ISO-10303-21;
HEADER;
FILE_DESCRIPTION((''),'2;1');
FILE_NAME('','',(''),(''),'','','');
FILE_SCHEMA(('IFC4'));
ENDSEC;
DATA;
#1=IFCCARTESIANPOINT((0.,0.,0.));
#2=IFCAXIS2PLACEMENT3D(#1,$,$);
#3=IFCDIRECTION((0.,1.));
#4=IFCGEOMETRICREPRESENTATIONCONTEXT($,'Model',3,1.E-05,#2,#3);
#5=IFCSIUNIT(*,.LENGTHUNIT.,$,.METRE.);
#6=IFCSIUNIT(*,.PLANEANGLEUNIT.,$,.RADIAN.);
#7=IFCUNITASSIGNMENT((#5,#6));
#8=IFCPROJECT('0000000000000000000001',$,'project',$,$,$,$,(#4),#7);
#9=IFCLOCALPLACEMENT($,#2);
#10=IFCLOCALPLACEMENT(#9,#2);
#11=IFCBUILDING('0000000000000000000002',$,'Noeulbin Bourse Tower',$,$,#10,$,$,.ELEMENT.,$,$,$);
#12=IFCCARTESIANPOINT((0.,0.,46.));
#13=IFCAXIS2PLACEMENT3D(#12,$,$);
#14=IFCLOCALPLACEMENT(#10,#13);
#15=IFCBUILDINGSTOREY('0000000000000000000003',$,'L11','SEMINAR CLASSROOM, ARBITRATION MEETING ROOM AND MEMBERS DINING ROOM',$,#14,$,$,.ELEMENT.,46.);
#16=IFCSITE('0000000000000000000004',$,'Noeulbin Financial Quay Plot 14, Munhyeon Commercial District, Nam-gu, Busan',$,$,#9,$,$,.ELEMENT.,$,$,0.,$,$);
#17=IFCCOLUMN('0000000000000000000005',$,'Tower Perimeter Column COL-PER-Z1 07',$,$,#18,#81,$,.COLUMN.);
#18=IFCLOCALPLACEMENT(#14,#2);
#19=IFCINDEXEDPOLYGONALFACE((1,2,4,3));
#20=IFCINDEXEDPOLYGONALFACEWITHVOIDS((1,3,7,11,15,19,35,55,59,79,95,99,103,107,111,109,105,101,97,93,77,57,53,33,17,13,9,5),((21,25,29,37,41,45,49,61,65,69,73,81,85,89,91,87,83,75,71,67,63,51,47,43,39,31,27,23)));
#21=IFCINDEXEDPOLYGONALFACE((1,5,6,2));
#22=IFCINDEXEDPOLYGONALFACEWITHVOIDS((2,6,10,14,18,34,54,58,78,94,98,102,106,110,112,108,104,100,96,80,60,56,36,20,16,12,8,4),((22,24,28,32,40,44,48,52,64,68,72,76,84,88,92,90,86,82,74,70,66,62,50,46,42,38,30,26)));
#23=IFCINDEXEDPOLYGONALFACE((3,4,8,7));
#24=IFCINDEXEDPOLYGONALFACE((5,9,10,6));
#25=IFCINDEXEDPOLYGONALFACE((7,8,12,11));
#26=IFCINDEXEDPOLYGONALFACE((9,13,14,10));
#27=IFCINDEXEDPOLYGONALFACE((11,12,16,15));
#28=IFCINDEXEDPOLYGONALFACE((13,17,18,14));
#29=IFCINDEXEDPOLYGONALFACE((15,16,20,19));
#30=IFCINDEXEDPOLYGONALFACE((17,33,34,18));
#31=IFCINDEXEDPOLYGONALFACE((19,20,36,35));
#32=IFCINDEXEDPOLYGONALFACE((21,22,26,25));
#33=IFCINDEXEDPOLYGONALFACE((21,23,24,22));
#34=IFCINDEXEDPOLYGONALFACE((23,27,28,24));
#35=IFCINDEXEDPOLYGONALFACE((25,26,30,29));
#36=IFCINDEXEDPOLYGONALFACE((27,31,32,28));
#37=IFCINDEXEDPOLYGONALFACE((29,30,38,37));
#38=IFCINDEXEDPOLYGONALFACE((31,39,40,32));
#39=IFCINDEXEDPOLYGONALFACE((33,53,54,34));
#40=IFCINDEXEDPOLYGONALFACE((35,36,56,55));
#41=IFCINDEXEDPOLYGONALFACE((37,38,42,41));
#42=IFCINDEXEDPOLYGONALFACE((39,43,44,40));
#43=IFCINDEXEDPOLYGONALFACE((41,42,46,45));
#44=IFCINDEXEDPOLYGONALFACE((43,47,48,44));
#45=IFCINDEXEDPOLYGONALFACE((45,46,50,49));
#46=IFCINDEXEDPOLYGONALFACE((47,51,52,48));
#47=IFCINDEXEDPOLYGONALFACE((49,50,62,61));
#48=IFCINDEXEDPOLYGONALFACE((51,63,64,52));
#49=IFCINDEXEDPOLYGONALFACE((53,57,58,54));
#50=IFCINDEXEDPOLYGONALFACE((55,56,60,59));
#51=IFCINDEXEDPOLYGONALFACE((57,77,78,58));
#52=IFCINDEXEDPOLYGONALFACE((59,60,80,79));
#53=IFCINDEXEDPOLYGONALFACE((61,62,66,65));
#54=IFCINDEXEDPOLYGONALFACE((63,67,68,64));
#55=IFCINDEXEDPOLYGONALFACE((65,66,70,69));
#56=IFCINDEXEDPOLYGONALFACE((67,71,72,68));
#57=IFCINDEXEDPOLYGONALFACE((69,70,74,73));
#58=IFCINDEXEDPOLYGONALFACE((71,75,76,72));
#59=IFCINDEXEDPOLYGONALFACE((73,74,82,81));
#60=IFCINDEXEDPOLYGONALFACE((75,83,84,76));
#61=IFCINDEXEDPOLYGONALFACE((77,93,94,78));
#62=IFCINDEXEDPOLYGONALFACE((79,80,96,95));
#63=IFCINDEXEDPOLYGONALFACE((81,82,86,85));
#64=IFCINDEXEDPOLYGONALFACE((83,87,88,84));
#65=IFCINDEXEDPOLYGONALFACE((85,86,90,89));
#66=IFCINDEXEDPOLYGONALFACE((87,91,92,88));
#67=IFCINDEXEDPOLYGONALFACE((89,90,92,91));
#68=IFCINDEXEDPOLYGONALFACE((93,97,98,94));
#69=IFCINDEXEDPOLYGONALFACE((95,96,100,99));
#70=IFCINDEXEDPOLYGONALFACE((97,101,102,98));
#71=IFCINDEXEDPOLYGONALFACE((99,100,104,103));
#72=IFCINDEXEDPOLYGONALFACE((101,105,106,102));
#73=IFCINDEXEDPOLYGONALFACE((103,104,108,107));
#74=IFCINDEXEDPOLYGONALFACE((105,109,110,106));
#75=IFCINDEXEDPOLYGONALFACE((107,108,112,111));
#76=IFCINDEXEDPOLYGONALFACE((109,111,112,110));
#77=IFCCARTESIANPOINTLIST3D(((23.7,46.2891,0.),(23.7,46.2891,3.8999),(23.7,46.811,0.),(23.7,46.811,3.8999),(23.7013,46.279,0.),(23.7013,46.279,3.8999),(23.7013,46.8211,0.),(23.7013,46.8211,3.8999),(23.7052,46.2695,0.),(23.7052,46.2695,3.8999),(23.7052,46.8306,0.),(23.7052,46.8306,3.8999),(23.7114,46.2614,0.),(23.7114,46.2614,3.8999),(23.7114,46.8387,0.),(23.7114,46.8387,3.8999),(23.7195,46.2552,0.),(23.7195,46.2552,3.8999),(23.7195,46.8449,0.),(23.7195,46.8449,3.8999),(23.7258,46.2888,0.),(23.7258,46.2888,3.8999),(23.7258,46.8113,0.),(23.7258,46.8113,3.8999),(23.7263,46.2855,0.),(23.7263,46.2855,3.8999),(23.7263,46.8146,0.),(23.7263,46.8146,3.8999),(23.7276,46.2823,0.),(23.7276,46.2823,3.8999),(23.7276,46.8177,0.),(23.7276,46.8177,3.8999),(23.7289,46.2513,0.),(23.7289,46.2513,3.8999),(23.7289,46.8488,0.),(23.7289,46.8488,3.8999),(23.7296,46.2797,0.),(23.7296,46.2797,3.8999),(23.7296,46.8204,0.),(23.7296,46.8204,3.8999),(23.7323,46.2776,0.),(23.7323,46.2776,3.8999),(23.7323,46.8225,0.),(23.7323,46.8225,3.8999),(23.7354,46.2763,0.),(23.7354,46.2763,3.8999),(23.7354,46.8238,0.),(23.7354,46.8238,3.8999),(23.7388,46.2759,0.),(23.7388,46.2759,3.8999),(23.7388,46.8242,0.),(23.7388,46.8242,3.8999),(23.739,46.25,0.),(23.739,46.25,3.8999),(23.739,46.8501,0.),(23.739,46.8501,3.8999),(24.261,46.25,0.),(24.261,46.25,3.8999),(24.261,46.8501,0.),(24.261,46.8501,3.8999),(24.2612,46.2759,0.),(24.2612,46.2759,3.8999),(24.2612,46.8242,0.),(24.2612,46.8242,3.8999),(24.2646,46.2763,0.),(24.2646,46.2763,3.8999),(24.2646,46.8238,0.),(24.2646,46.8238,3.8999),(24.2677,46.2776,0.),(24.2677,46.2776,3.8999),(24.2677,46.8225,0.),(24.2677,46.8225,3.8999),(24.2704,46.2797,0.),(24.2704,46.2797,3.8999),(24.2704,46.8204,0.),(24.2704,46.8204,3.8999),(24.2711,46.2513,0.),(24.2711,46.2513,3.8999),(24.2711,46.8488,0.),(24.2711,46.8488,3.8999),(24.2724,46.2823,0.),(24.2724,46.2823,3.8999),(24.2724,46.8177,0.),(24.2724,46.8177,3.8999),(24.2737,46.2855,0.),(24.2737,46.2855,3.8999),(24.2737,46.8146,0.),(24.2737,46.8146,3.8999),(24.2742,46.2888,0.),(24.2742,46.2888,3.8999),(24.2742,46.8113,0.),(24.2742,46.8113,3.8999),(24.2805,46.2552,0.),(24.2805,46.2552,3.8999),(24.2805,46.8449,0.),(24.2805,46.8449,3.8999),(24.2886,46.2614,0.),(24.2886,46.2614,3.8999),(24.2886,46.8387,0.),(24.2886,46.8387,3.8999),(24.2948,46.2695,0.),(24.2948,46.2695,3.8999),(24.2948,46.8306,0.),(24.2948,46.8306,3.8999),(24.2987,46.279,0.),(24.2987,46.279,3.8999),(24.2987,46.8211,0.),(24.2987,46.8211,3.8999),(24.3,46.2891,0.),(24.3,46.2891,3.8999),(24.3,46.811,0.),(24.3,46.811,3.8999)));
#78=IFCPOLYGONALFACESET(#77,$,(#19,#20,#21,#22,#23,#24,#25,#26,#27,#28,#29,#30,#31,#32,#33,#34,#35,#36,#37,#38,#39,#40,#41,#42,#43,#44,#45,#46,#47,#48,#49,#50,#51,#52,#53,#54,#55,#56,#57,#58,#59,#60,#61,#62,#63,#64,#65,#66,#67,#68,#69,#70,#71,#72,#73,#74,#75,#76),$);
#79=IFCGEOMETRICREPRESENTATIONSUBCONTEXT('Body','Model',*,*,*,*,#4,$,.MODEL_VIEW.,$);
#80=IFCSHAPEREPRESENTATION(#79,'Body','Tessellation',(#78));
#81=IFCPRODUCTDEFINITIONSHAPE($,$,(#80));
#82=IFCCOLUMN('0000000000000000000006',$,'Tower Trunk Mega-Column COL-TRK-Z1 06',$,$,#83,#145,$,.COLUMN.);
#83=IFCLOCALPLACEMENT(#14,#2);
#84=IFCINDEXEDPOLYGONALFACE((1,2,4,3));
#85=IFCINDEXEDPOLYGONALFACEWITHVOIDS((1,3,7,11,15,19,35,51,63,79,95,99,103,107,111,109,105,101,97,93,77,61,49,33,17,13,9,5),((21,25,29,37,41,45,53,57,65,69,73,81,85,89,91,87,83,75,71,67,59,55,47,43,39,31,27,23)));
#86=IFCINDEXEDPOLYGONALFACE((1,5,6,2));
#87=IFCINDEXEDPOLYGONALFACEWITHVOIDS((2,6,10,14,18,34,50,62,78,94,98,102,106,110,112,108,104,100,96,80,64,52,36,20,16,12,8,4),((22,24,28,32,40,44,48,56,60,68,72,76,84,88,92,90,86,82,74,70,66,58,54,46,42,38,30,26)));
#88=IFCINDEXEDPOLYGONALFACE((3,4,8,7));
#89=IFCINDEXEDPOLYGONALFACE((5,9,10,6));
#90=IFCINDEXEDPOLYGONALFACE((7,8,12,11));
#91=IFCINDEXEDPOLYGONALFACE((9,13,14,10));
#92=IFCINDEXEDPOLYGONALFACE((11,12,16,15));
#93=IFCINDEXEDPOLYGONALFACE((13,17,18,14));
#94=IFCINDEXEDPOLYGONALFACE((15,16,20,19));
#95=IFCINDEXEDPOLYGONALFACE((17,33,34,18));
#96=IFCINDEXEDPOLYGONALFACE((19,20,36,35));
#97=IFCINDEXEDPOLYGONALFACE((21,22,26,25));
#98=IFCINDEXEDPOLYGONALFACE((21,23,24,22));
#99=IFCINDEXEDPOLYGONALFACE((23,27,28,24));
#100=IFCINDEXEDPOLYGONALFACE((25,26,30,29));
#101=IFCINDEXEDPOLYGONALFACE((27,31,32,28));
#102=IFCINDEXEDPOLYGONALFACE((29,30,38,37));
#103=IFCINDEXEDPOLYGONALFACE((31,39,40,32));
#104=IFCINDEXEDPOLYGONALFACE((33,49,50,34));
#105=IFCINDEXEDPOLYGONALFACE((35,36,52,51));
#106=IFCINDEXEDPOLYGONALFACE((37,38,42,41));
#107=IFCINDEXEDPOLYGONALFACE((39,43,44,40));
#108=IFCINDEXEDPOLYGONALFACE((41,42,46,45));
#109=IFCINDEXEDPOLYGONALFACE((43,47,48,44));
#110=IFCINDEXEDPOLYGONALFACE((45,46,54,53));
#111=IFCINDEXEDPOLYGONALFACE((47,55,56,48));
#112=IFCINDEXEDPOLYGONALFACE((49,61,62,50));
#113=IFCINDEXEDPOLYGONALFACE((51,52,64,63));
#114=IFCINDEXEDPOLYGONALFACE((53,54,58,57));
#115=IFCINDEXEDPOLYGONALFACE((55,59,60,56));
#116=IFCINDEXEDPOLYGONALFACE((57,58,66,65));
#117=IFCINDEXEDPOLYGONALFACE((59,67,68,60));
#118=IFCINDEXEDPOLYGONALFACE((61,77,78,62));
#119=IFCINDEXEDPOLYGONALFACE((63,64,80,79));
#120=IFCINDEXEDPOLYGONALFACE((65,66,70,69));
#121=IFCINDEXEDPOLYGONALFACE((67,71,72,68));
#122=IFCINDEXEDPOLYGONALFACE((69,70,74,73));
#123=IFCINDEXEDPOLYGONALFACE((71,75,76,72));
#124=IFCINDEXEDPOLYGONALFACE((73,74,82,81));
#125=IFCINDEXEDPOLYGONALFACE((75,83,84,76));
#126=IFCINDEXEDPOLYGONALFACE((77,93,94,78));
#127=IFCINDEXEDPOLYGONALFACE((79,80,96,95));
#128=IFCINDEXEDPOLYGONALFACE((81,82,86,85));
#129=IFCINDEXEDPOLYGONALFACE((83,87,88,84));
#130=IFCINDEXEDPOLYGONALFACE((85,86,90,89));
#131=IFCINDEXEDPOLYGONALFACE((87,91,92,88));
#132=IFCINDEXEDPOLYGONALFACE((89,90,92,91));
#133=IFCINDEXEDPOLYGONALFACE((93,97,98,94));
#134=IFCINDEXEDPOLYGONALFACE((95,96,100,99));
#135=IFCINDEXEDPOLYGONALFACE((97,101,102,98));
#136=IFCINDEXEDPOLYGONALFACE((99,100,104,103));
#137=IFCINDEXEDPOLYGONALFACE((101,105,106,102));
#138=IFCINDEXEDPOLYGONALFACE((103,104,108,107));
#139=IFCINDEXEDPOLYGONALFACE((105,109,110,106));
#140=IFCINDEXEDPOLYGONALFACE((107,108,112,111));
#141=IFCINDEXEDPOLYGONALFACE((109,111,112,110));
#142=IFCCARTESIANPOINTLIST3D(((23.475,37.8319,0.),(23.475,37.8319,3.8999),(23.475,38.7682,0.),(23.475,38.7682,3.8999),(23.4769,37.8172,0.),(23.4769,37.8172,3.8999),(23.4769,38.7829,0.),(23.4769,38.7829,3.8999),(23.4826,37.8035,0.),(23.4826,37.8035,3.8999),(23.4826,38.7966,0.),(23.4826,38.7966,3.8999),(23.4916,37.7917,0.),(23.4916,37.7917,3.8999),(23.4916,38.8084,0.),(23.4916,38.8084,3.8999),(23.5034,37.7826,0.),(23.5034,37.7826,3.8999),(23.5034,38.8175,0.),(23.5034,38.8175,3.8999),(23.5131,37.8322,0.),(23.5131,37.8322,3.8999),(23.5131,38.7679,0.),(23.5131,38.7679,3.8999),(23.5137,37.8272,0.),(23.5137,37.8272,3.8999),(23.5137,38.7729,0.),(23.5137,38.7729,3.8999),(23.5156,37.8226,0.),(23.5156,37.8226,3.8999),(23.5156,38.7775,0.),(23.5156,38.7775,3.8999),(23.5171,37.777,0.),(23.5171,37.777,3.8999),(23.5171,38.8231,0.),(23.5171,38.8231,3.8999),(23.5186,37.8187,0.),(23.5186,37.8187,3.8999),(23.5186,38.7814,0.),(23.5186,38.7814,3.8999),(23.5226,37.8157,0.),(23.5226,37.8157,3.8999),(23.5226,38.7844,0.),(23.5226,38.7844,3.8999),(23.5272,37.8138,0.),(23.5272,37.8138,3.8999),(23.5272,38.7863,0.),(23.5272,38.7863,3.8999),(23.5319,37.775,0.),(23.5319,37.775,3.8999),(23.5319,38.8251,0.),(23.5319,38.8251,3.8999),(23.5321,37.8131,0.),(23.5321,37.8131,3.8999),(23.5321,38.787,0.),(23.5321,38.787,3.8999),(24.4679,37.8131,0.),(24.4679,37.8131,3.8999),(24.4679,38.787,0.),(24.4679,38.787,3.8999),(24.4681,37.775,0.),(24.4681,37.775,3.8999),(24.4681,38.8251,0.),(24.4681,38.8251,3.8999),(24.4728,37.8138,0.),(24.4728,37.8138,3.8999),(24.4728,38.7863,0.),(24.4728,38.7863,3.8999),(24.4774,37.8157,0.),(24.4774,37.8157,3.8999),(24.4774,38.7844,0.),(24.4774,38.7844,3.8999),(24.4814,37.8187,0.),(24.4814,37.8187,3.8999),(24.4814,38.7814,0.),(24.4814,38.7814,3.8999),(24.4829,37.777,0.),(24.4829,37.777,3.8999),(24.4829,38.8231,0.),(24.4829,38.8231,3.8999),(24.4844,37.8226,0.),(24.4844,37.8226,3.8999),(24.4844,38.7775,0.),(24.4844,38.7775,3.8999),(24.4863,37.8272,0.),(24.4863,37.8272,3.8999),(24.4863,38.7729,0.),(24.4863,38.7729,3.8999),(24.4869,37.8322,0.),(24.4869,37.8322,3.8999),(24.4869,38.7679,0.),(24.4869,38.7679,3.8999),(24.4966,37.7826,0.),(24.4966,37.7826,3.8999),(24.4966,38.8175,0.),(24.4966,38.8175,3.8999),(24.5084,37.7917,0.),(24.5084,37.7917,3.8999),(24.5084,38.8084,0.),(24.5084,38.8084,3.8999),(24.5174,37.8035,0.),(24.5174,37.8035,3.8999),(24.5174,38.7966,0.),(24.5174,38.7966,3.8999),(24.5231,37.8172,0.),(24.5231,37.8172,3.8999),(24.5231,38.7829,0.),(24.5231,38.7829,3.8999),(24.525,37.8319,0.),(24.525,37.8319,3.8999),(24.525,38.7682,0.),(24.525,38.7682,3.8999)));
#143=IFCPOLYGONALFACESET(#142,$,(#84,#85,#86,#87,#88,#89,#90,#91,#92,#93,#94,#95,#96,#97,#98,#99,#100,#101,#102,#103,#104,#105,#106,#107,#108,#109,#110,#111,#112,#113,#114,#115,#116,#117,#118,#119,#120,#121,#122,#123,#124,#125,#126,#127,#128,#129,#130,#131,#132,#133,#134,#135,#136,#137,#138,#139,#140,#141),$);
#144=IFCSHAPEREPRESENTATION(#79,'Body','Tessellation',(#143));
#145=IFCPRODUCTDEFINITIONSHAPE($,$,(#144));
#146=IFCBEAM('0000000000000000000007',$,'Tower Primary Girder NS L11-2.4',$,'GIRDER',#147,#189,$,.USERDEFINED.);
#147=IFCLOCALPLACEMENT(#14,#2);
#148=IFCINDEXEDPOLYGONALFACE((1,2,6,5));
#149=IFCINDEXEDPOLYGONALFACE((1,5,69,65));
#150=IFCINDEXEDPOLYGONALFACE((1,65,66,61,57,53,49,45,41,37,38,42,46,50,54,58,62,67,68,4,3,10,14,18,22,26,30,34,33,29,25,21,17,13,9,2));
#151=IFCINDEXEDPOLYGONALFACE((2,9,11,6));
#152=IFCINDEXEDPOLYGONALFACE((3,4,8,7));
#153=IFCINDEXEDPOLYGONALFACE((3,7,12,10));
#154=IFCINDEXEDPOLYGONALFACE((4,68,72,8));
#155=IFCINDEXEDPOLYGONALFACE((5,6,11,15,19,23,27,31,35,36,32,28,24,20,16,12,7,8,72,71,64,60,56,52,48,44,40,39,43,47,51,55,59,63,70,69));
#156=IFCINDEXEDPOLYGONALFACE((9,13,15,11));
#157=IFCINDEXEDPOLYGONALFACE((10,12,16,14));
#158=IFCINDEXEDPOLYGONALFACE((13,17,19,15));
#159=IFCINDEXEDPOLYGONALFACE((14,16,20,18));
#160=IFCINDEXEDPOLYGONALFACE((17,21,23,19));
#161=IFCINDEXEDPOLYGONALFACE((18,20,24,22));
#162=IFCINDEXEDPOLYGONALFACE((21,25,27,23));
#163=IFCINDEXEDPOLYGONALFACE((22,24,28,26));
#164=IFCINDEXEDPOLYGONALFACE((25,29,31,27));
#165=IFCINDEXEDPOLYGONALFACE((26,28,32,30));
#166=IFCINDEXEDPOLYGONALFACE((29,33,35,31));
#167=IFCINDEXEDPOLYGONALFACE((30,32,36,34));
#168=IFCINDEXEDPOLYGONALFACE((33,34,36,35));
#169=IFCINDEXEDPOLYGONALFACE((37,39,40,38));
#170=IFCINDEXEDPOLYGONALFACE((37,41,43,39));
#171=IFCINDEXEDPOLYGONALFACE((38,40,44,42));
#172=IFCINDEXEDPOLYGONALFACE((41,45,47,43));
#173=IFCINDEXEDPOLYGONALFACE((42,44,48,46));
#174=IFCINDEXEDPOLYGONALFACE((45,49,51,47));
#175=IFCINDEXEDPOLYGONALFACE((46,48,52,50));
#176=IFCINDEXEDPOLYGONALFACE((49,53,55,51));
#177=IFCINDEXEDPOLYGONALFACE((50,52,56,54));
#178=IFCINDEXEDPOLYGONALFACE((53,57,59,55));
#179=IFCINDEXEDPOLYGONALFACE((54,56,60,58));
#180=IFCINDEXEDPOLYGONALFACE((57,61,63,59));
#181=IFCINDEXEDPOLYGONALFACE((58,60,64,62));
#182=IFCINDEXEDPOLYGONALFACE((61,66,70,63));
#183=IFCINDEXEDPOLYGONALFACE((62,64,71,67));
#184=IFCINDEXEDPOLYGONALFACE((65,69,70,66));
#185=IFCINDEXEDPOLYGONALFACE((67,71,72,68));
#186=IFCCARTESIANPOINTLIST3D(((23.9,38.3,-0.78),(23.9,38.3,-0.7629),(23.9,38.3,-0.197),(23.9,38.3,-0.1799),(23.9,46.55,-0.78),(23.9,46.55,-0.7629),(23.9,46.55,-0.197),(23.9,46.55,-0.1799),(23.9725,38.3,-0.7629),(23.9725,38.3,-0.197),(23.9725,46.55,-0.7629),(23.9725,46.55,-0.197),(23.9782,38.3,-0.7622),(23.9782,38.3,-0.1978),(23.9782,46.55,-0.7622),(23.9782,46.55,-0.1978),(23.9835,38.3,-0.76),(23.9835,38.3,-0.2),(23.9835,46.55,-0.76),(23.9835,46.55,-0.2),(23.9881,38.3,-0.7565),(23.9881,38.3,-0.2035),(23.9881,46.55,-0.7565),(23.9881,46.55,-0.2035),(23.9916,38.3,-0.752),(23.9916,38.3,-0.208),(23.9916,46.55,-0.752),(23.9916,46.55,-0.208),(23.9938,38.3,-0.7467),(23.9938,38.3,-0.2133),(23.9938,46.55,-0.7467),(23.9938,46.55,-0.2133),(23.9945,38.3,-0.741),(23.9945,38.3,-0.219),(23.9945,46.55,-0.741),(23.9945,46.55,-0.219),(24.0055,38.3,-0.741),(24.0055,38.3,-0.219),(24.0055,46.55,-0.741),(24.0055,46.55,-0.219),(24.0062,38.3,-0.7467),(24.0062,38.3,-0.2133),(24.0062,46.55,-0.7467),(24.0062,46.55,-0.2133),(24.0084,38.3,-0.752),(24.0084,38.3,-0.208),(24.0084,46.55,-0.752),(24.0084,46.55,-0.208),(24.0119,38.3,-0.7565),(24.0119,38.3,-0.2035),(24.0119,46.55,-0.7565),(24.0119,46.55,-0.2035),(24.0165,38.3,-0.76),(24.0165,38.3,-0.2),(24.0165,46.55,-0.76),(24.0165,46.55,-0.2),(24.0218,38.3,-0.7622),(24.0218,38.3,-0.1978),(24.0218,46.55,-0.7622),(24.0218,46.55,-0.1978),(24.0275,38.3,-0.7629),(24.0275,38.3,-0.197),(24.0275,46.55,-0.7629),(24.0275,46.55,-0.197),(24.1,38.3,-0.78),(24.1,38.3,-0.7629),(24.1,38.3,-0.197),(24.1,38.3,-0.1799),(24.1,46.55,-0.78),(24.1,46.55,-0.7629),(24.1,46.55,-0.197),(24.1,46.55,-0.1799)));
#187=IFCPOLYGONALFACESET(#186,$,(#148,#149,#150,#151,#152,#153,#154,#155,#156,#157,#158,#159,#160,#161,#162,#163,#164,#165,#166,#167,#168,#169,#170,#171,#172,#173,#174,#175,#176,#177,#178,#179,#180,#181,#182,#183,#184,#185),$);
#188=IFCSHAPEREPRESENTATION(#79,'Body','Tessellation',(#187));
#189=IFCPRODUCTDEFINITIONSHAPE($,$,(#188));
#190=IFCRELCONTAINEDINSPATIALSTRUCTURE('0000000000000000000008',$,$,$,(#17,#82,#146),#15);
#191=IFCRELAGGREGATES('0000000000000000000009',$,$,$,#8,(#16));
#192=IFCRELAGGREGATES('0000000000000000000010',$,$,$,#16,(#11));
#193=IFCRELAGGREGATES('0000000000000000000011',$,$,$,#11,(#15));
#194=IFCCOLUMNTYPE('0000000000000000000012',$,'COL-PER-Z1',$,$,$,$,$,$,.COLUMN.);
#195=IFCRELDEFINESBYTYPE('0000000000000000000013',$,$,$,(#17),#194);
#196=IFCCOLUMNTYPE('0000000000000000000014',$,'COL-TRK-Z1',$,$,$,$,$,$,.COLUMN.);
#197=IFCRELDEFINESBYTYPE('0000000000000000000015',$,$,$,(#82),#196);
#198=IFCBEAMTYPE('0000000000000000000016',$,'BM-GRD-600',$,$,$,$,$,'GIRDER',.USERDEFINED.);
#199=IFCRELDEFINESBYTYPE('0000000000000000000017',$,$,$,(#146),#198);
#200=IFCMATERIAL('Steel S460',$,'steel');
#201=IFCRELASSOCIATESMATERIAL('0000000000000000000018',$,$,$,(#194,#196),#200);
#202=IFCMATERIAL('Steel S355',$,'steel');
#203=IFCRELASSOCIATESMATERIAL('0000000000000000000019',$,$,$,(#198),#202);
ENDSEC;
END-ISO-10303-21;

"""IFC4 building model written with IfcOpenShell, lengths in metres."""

from ifc_helpers import new_model, si_unit, direction, frame, origin, origin_2d, place, context, subcontext, project, spatial, hollow_rectangle, i_section, extrude, material, material_profile, profile_set, type_object, element, save


model = new_model("IFC4")

# Units and contexts
model_context = context("Model", 3, precision=1e-05, world=origin(), true_north=direction((0.0, 1.0)))
body_context = subcontext(model_context, "Body", "Model", "MODEL_VIEW")
ifc_project = project(units=[si_unit("LENGTHUNIT", "METRE"), si_unit("PLANEANGLEUNIT", "RADIAN")], contexts=[model_context])

# Site, building, storey
site_placement = place(None, origin())
site = spatial("IfcSite", under=ifc_project, at=site_placement, Name="Noeulbin Financial Quay Plot 14, Munhyeon Commercial District, Nam-gu, Busan", CompositionType="ELEMENT", RefElevation=0.0)
building_placement = place(site_placement, origin())
building = spatial("IfcBuilding", under=site, at=building_placement, Name="Noeulbin Bourse Tower", CompositionType="ELEMENT")
storey_placement = place(building_placement, frame((0.0, 0.0, 46.0)))
storey = spatial("IfcBuildingStorey", under=building, at=storey_placement, Name="L11", Description="SEMINAR CLASSROOM, ARBITRATION MEETING ROOM AND MEMBERS DINING ROOM", CompositionType="ELEMENT", Elevation=46.0)

# Columns
ifc_material_1 = material(Name="Steel S460", Category="steel")
ifc_material_profile_1 = material_profile(ifc_material_1, hollow_rectangle(XDim=0.6001, YDim=0.6001, WallThickness=0.0259, InnerFilletRadius=0.0129, OuterFilletRadius=0.0391, at=origin_2d()), Name="BOX-600x600x26", Category="LoadBearing")
ifc_profile_set_1 = profile_set([ifc_material_profile_1], Name="Steel S460")
column_type_1 = type_object("IfcColumnType", Name="COL-PER-Z1", PredefinedType="COLUMN", material=ifc_profile_set_1)
column_1_placement = place(storey_placement, frame((24.0, 46.55, 0.0), z_axis=(0.0, 0.0, 1.0), x_axis=(1.0, 0.0, 0.0)))
element("IfcColumn", 1, at=column_1_placement, inside=storey, type_object=column_type_1, Name="Tower Perimeter Column COL-PER-Z1 07", PredefinedType="COLUMN", context=body_context, shape_type="SweptSolid", body=[
    extrude(hollow_rectangle(XDim=0.6001, YDim=0.6001, WallThickness=0.0259, InnerFilletRadius=0.0129, OuterFilletRadius=0.0391, at=origin_2d()), origin(), (0.0, 0.0, 1.0), 3.8999),
])
ifc_material_profile_2 = material_profile(ifc_material_1, hollow_rectangle(XDim=1.05, YDim=1.05, WallThickness=0.0381, InnerFilletRadius=0.019, OuterFilletRadius=0.0569, at=origin_2d()), Name="BOX-1050x1050x38", Category="LoadBearing")
ifc_profile_set_2 = profile_set([ifc_material_profile_2], Name="Steel S460")
column_type_2 = type_object("IfcColumnType", Name="COL-TRK-Z1", PredefinedType="COLUMN", material=ifc_profile_set_2)
column_2_placement = place(storey_placement, frame((24.0, 38.3, 0.0), z_axis=(0.0, 0.0, 1.0), x_axis=(1.0, 0.0, 0.0)))
element("IfcColumn", 2, at=column_2_placement, inside=storey, type_object=column_type_2, Name="Tower Trunk Mega-Column COL-TRK-Z1 06", PredefinedType="COLUMN", context=body_context, shape_type="SweptSolid", body=[
    extrude(hollow_rectangle(XDim=1.05, YDim=1.05, WallThickness=0.0381, InnerFilletRadius=0.019, OuterFilletRadius=0.0569, at=origin_2d()), origin(), (0.0, 0.0, 1.0), 3.8999),
])

# Beam
ifc_material_2 = material(Name="Steel S355", Category="steel")
ifc_material_profile_3 = material_profile(ifc_material_2, i_section(OverallWidth=0.2, OverallDepth=0.6001, WebThickness=0.011, FlangeThickness=0.0171, FilletRadius=0.022, at=origin_2d()), Name="H-600x200x11x17", Category="LoadBearing")
ifc_profile_set_3 = profile_set([ifc_material_profile_3], Name="Steel S355")
beam_type_1 = type_object("IfcBeamType", Name="BM-GRD-600", ElementType="GIRDER", PredefinedType="USERDEFINED", material=ifc_profile_set_3)
beam_1_placement = place(storey_placement, frame((24.0, 38.3, -0.48), z_axis=(0.0, 1.0, 0.0), x_axis=(-1.0, 0.0, 0.0)))
element("IfcBeam", 3, at=beam_1_placement, inside=storey, type_object=beam_type_1, Name="Tower Primary Girder NS L11-2.4", ObjectType="GIRDER", PredefinedType="USERDEFINED", context=body_context, shape_type="SweptSolid", body=[
    extrude(i_section(OverallWidth=0.2, OverallDepth=0.6001, WebThickness=0.011, FlangeThickness=0.0171, FilletRadius=0.022, at=origin_2d()), origin(), (0.0, 0.0, 1.0), 8.25),
])

save(model, "model.ifc")
